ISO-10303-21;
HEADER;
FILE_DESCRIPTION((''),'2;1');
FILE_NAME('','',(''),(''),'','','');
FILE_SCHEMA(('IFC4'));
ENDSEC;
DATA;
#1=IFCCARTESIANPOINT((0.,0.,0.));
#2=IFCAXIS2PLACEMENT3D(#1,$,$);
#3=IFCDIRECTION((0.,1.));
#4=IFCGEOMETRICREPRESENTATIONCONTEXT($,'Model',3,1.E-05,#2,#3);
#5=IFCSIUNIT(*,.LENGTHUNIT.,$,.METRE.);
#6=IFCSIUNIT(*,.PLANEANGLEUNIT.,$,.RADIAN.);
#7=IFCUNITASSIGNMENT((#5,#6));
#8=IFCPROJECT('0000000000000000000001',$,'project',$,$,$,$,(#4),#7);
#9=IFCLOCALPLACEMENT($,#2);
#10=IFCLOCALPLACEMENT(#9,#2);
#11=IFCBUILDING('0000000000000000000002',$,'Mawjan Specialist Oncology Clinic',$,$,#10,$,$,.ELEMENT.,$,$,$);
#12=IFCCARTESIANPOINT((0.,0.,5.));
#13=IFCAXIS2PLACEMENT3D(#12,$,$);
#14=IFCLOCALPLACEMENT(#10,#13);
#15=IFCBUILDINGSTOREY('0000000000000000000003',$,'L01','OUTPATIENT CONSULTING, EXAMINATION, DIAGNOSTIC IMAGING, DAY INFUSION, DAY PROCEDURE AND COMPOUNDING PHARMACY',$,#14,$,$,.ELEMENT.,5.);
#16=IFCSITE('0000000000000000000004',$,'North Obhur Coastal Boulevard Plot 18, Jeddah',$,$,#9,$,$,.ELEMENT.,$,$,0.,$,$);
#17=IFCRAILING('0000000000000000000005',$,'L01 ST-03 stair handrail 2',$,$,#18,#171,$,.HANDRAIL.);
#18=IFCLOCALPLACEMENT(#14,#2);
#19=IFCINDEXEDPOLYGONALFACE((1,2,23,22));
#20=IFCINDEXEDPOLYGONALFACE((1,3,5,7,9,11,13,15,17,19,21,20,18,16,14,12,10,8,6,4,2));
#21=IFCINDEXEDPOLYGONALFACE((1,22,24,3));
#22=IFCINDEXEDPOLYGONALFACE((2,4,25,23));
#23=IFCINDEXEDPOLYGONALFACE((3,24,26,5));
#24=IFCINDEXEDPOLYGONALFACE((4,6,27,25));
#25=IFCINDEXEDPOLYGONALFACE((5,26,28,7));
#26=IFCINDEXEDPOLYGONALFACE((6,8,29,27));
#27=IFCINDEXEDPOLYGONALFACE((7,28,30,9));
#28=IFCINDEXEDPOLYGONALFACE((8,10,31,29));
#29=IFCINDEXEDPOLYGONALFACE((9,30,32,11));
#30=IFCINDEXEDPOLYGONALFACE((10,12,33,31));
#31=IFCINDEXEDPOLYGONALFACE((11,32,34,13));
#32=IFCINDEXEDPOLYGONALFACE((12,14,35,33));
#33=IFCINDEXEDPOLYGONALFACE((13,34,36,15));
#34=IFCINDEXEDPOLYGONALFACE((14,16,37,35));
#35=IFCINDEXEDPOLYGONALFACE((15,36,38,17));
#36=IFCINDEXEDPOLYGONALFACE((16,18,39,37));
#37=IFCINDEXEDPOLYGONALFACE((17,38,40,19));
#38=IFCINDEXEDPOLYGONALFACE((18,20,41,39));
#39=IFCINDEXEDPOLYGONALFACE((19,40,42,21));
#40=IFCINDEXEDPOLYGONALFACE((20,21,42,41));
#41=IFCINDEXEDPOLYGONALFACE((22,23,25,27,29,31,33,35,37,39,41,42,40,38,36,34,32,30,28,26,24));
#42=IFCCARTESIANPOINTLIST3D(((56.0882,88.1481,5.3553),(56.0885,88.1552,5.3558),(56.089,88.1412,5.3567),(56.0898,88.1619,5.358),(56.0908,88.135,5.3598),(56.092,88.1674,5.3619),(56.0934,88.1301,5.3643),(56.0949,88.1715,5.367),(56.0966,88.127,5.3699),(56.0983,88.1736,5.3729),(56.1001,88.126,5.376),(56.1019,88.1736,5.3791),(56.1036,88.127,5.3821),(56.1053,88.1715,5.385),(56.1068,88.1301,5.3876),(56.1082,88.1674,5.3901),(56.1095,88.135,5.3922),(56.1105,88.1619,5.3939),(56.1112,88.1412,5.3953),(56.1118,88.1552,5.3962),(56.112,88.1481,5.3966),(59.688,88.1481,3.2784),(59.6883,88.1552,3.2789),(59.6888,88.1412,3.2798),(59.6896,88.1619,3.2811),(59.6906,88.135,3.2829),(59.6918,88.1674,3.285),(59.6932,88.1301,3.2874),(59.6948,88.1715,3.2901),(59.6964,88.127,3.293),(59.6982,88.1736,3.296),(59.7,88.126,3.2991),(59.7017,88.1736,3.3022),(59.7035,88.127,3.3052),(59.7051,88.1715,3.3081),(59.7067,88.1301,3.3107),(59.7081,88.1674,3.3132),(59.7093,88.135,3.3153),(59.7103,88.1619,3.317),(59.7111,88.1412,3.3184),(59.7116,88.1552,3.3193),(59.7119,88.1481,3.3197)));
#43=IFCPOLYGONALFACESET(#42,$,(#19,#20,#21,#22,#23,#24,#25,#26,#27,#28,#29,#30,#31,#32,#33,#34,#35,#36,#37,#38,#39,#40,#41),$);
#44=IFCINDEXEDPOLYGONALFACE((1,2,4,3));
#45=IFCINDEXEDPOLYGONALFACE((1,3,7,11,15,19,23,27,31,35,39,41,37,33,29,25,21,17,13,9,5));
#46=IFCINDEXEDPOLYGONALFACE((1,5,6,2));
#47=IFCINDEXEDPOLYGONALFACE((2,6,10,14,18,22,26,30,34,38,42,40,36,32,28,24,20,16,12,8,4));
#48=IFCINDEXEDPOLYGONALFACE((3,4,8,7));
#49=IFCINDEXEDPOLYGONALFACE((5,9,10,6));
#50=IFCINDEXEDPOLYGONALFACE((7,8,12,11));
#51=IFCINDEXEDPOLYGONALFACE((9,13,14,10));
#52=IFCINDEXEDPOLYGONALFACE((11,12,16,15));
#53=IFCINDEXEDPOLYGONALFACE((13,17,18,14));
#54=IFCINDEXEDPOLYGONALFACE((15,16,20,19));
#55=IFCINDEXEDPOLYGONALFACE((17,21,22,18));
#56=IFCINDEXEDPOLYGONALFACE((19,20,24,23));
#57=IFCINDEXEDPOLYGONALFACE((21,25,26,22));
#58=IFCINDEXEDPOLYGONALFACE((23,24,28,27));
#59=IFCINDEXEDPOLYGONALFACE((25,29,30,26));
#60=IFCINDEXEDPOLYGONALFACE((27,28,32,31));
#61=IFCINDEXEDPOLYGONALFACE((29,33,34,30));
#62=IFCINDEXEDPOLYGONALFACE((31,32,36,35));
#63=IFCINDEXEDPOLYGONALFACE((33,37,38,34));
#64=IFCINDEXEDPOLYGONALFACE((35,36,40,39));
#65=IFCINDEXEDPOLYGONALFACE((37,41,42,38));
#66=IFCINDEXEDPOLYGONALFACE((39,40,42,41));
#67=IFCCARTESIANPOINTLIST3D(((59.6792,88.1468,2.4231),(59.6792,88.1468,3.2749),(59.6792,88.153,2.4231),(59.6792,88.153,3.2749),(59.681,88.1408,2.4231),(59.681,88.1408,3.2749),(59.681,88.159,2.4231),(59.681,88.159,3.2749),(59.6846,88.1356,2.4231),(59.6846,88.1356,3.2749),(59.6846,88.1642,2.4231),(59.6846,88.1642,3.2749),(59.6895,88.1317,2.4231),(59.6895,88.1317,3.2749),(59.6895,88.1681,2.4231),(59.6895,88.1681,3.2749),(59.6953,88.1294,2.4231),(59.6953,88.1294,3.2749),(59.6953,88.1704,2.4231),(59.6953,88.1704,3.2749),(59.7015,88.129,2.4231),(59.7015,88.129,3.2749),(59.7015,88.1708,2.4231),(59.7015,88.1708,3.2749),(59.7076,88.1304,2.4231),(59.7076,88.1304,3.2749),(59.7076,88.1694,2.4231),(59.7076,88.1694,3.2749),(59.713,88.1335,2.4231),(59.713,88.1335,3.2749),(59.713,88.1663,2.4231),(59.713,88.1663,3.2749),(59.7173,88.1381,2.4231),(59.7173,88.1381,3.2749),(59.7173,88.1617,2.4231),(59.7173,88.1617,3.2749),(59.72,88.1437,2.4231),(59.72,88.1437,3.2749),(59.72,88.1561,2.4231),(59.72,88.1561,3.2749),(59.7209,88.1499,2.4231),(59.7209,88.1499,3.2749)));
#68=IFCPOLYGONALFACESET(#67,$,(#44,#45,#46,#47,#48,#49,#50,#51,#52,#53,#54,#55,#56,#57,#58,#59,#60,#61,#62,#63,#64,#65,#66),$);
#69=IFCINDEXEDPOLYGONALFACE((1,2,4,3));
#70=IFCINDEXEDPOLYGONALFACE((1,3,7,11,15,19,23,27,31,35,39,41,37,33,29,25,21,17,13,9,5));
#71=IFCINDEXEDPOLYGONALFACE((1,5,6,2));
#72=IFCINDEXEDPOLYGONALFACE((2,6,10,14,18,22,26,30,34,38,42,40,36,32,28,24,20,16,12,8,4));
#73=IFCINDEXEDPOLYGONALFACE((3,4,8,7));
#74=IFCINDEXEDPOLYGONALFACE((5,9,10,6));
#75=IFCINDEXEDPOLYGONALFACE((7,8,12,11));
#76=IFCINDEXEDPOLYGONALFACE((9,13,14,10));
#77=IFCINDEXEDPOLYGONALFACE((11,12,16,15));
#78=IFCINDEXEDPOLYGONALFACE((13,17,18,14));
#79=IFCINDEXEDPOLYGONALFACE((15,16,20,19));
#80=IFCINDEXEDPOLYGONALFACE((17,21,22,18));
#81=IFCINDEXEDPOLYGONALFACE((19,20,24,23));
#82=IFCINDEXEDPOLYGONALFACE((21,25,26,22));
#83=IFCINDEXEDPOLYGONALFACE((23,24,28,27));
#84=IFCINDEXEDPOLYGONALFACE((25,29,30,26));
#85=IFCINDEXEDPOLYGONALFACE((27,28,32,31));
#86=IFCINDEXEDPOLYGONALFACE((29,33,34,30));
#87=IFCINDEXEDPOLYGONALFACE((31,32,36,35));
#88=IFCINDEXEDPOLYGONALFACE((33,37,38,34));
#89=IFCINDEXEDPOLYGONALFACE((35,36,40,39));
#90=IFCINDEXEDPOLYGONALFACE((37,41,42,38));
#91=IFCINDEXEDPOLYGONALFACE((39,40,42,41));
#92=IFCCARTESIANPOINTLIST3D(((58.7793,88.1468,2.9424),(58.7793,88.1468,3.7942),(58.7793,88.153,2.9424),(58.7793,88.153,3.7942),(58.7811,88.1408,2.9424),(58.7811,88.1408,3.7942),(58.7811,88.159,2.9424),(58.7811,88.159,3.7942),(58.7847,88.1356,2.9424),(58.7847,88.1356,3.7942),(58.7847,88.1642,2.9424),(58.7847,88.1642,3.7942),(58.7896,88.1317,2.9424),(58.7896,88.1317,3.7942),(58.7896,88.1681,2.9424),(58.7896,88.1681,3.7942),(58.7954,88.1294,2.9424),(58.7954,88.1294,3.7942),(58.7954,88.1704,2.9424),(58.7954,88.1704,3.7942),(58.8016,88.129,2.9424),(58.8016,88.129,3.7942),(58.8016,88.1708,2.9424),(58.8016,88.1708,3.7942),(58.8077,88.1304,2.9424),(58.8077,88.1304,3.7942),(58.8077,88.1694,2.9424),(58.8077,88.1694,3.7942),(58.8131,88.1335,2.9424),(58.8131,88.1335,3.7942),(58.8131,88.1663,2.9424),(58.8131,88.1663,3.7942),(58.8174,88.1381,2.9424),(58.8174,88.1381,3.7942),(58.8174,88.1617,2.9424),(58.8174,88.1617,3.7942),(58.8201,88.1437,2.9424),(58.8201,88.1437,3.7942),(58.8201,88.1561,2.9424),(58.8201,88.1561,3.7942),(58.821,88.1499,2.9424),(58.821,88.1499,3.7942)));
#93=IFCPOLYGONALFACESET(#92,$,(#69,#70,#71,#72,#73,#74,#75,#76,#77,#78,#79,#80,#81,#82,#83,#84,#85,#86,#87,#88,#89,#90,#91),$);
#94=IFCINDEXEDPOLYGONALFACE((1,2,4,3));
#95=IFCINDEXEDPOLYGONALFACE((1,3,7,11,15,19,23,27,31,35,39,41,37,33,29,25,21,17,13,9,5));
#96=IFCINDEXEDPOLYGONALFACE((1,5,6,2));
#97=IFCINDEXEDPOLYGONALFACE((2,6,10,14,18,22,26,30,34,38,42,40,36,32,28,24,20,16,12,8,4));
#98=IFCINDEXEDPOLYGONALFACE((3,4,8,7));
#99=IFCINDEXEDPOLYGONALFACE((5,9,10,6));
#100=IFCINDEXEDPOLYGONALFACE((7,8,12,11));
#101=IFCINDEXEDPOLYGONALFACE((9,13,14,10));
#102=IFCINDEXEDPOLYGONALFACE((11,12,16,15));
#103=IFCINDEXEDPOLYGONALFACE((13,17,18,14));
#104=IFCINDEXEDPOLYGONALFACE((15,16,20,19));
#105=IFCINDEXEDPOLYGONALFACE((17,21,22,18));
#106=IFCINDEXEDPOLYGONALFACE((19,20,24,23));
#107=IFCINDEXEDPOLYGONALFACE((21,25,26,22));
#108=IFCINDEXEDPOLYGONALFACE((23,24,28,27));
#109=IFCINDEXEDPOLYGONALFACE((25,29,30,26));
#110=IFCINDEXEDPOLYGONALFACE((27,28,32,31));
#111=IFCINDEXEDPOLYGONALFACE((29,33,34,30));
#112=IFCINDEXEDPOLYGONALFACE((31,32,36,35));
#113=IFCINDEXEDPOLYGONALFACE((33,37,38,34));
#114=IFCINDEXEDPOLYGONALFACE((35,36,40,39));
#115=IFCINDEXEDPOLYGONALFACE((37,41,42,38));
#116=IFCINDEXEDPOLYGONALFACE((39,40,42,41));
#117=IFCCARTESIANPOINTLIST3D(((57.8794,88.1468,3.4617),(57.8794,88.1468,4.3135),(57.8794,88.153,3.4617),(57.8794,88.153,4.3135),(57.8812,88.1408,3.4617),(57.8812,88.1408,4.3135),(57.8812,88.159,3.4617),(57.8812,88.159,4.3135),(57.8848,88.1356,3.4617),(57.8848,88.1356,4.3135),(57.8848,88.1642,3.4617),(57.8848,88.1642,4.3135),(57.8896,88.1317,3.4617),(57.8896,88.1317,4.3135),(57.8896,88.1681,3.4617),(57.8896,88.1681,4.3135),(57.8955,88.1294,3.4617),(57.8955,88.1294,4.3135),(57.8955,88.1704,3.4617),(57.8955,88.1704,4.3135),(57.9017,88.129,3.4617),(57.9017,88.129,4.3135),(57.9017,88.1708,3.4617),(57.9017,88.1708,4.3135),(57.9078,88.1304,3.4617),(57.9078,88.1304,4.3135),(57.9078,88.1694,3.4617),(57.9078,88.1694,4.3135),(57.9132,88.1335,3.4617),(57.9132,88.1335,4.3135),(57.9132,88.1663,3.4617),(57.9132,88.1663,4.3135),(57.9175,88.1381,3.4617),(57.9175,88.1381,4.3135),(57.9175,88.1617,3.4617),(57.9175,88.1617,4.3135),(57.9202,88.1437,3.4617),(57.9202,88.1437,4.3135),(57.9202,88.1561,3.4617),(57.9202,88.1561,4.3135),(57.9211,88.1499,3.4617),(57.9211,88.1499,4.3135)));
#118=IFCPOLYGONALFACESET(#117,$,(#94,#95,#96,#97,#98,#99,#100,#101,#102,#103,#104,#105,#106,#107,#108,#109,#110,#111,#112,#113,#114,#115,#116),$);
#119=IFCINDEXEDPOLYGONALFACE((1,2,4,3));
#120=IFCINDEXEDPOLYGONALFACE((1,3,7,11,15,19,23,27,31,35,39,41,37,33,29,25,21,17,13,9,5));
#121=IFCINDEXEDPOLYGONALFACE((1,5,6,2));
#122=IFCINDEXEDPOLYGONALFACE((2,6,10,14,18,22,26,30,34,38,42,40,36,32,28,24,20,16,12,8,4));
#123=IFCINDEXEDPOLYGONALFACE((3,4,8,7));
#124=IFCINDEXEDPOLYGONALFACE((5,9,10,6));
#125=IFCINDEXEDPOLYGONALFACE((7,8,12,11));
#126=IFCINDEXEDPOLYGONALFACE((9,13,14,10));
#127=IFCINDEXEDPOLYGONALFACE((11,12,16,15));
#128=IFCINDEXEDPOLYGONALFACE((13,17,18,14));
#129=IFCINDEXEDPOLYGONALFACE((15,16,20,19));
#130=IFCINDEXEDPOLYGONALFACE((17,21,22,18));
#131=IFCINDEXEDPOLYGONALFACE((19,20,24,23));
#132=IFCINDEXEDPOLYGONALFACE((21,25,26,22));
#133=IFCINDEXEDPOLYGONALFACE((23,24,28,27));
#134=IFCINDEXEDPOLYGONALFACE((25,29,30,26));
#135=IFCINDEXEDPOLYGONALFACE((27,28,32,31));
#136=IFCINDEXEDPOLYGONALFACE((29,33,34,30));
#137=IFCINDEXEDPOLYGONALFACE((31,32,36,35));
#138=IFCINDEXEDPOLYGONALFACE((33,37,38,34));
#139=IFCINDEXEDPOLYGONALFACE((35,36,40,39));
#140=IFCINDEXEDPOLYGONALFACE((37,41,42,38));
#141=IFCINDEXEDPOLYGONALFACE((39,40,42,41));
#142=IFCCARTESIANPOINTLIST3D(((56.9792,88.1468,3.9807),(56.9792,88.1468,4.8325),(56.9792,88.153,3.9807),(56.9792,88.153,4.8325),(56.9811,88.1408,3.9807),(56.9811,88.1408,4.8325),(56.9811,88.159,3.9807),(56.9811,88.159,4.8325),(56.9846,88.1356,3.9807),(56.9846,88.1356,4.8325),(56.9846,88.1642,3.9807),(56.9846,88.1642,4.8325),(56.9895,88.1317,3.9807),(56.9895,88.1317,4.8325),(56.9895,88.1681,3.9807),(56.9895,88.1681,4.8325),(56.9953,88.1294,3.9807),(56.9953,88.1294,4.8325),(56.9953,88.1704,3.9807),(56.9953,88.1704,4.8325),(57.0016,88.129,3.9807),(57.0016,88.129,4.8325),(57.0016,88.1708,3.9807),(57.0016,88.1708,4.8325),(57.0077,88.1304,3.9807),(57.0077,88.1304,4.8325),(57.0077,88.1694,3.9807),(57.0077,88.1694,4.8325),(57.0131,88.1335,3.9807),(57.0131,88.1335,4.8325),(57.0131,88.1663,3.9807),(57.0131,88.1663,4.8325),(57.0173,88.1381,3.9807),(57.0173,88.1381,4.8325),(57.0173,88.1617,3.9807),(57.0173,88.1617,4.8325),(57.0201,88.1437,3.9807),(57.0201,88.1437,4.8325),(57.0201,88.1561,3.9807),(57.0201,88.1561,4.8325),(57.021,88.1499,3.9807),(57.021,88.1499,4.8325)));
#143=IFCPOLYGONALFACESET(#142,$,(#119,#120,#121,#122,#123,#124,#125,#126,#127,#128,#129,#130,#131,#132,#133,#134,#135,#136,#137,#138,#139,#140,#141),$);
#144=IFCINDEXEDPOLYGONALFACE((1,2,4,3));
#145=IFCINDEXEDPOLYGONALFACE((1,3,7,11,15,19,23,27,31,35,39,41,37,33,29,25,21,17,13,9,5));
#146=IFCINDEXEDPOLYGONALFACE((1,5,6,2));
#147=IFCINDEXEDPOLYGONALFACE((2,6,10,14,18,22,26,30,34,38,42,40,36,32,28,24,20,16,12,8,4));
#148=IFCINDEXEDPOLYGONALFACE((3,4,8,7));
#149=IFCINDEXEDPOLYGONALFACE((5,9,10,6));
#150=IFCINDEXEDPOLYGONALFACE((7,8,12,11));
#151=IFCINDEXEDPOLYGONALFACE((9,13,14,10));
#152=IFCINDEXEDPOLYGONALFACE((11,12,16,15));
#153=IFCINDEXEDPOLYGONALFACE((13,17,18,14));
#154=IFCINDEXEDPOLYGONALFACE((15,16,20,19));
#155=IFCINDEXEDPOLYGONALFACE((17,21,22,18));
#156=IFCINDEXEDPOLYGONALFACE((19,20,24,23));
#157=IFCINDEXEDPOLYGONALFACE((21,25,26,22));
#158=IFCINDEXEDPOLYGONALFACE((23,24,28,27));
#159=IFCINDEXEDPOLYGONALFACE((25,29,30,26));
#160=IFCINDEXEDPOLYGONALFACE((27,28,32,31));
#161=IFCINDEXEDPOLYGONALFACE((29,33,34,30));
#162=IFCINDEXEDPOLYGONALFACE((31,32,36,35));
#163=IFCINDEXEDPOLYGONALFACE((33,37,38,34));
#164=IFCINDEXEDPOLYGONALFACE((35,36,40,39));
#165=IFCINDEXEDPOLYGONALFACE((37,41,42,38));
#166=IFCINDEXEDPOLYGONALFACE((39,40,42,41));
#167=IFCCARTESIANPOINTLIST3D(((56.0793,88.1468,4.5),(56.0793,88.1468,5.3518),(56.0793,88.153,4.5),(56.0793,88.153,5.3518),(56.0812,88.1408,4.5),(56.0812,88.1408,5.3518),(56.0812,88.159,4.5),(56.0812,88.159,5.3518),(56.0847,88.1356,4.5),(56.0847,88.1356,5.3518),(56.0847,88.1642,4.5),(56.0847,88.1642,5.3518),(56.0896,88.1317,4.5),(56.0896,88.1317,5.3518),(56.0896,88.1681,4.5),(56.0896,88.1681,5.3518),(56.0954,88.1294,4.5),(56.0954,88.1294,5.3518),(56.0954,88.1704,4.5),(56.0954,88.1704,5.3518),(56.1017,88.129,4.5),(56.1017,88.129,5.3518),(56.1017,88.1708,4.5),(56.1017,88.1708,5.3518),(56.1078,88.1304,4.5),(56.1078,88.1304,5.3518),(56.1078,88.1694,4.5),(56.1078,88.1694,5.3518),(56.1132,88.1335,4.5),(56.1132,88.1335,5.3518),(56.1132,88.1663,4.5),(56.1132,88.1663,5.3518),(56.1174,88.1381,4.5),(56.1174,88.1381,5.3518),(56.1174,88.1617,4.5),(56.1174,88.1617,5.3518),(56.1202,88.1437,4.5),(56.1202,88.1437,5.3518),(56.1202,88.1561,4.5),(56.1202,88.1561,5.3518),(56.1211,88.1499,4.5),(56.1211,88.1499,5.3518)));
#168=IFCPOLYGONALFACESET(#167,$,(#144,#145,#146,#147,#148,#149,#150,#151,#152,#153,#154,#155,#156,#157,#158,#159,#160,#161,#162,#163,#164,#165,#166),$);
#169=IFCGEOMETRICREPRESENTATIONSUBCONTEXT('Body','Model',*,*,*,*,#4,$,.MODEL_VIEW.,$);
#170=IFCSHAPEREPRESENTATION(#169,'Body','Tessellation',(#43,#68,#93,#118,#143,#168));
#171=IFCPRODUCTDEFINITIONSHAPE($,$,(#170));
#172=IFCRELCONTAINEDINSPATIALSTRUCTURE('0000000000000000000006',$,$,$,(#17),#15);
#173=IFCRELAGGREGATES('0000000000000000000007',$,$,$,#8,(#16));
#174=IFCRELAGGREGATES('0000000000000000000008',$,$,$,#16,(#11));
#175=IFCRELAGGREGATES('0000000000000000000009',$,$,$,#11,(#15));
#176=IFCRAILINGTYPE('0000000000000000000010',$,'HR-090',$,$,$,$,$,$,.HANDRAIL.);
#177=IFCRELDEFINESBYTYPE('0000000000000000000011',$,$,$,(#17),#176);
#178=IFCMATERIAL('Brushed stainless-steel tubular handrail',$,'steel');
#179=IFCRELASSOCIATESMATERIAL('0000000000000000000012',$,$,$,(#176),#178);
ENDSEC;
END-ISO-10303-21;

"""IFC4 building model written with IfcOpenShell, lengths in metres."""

from ifc_helpers import new_model, si_unit, direction, frame, origin, origin_2d, place, context, subcontext, project, spatial, circle, extrude, material, type_object, element, save


model = new_model("IFC4")

# Units and contexts
model_context = context("Model", 3, precision=1e-05, world=origin(), true_north=direction((0.0, 1.0)))
body_context = subcontext(model_context, "Body", "Model", "MODEL_VIEW")
ifc_project = project(units=[si_unit("LENGTHUNIT", "METRE"), si_unit("PLANEANGLEUNIT", "RADIAN")], contexts=[model_context])

# Site, building, storey
site_placement = place(None, origin())
site = spatial("IfcSite", under=ifc_project, at=site_placement, Name="North Obhur Coastal Boulevard Plot 18, Jeddah", CompositionType="ELEMENT", RefElevation=0.0)
building_placement = place(site_placement, origin())
building = spatial("IfcBuilding", under=site, at=building_placement, Name="Mawjan Specialist Oncology Clinic", CompositionType="ELEMENT")
storey_placement = place(building_placement, frame((0.0, 0.0, 5.0)))
storey = spatial("IfcBuildingStorey", under=building, at=storey_placement, Name="L01", Description="OUTPATIENT CONSULTING, EXAMINATION, DIAGNOSTIC IMAGING, DAY INFUSION, DAY PROCEDURE AND COMPOUNDING PHARMACY", CompositionType="ELEMENT", Elevation=5.0)

# Railing
ifc_material_1 = material(Name="Brushed stainless-steel tubular handrail", Category="steel")
railing_type_1 = type_object("IfcRailingType", Name="HR-090", PredefinedType="HANDRAIL", material=ifc_material_1)
railing_1_placement = place(storey_placement, frame((59.7, 88.1499, 2.4231)))
element("IfcRailing", 1, at=railing_1_placement, inside=storey, type_object=railing_type_1, Name="L01 ST-03 stair handrail 2", PredefinedType="HANDRAIL", context=body_context, shape_type="SweptSolid", body=[
    extrude(circle(Radius=0.0239, at=origin_2d()), frame((0.0, 0.0, 0.876), z_axis=(-0.866179, 0.0, 0.499734), x_axis=(0.0, -1.0, 0.0)), (0.0, 0.0, 1.0), 4.156),
    extrude(circle(Radius=0.021, at=origin_2d()), origin(), (0.0, 0.0, 1.0), 0.8518),
    extrude(circle(Radius=0.021, at=origin_2d()), frame((-0.8999, 0.0, 0.5193)), (0.0, 0.0, 1.0), 0.8518),
    extrude(circle(Radius=0.021, at=origin_2d()), frame((-1.7998, 0.0, 1.0386)), (0.0, 0.0, 1.0), 0.8518),
    extrude(circle(Radius=0.021, at=origin_2d()), frame((-2.7, 0.0, 1.5576)), (0.0, 0.0, 1.0), 0.8518),
    extrude(circle(Radius=0.021, at=origin_2d()), frame((-3.5999, 0.0, 2.0769)), (0.0, 0.0, 1.0), 0.8518),
])

save(model, "model.ifc")
